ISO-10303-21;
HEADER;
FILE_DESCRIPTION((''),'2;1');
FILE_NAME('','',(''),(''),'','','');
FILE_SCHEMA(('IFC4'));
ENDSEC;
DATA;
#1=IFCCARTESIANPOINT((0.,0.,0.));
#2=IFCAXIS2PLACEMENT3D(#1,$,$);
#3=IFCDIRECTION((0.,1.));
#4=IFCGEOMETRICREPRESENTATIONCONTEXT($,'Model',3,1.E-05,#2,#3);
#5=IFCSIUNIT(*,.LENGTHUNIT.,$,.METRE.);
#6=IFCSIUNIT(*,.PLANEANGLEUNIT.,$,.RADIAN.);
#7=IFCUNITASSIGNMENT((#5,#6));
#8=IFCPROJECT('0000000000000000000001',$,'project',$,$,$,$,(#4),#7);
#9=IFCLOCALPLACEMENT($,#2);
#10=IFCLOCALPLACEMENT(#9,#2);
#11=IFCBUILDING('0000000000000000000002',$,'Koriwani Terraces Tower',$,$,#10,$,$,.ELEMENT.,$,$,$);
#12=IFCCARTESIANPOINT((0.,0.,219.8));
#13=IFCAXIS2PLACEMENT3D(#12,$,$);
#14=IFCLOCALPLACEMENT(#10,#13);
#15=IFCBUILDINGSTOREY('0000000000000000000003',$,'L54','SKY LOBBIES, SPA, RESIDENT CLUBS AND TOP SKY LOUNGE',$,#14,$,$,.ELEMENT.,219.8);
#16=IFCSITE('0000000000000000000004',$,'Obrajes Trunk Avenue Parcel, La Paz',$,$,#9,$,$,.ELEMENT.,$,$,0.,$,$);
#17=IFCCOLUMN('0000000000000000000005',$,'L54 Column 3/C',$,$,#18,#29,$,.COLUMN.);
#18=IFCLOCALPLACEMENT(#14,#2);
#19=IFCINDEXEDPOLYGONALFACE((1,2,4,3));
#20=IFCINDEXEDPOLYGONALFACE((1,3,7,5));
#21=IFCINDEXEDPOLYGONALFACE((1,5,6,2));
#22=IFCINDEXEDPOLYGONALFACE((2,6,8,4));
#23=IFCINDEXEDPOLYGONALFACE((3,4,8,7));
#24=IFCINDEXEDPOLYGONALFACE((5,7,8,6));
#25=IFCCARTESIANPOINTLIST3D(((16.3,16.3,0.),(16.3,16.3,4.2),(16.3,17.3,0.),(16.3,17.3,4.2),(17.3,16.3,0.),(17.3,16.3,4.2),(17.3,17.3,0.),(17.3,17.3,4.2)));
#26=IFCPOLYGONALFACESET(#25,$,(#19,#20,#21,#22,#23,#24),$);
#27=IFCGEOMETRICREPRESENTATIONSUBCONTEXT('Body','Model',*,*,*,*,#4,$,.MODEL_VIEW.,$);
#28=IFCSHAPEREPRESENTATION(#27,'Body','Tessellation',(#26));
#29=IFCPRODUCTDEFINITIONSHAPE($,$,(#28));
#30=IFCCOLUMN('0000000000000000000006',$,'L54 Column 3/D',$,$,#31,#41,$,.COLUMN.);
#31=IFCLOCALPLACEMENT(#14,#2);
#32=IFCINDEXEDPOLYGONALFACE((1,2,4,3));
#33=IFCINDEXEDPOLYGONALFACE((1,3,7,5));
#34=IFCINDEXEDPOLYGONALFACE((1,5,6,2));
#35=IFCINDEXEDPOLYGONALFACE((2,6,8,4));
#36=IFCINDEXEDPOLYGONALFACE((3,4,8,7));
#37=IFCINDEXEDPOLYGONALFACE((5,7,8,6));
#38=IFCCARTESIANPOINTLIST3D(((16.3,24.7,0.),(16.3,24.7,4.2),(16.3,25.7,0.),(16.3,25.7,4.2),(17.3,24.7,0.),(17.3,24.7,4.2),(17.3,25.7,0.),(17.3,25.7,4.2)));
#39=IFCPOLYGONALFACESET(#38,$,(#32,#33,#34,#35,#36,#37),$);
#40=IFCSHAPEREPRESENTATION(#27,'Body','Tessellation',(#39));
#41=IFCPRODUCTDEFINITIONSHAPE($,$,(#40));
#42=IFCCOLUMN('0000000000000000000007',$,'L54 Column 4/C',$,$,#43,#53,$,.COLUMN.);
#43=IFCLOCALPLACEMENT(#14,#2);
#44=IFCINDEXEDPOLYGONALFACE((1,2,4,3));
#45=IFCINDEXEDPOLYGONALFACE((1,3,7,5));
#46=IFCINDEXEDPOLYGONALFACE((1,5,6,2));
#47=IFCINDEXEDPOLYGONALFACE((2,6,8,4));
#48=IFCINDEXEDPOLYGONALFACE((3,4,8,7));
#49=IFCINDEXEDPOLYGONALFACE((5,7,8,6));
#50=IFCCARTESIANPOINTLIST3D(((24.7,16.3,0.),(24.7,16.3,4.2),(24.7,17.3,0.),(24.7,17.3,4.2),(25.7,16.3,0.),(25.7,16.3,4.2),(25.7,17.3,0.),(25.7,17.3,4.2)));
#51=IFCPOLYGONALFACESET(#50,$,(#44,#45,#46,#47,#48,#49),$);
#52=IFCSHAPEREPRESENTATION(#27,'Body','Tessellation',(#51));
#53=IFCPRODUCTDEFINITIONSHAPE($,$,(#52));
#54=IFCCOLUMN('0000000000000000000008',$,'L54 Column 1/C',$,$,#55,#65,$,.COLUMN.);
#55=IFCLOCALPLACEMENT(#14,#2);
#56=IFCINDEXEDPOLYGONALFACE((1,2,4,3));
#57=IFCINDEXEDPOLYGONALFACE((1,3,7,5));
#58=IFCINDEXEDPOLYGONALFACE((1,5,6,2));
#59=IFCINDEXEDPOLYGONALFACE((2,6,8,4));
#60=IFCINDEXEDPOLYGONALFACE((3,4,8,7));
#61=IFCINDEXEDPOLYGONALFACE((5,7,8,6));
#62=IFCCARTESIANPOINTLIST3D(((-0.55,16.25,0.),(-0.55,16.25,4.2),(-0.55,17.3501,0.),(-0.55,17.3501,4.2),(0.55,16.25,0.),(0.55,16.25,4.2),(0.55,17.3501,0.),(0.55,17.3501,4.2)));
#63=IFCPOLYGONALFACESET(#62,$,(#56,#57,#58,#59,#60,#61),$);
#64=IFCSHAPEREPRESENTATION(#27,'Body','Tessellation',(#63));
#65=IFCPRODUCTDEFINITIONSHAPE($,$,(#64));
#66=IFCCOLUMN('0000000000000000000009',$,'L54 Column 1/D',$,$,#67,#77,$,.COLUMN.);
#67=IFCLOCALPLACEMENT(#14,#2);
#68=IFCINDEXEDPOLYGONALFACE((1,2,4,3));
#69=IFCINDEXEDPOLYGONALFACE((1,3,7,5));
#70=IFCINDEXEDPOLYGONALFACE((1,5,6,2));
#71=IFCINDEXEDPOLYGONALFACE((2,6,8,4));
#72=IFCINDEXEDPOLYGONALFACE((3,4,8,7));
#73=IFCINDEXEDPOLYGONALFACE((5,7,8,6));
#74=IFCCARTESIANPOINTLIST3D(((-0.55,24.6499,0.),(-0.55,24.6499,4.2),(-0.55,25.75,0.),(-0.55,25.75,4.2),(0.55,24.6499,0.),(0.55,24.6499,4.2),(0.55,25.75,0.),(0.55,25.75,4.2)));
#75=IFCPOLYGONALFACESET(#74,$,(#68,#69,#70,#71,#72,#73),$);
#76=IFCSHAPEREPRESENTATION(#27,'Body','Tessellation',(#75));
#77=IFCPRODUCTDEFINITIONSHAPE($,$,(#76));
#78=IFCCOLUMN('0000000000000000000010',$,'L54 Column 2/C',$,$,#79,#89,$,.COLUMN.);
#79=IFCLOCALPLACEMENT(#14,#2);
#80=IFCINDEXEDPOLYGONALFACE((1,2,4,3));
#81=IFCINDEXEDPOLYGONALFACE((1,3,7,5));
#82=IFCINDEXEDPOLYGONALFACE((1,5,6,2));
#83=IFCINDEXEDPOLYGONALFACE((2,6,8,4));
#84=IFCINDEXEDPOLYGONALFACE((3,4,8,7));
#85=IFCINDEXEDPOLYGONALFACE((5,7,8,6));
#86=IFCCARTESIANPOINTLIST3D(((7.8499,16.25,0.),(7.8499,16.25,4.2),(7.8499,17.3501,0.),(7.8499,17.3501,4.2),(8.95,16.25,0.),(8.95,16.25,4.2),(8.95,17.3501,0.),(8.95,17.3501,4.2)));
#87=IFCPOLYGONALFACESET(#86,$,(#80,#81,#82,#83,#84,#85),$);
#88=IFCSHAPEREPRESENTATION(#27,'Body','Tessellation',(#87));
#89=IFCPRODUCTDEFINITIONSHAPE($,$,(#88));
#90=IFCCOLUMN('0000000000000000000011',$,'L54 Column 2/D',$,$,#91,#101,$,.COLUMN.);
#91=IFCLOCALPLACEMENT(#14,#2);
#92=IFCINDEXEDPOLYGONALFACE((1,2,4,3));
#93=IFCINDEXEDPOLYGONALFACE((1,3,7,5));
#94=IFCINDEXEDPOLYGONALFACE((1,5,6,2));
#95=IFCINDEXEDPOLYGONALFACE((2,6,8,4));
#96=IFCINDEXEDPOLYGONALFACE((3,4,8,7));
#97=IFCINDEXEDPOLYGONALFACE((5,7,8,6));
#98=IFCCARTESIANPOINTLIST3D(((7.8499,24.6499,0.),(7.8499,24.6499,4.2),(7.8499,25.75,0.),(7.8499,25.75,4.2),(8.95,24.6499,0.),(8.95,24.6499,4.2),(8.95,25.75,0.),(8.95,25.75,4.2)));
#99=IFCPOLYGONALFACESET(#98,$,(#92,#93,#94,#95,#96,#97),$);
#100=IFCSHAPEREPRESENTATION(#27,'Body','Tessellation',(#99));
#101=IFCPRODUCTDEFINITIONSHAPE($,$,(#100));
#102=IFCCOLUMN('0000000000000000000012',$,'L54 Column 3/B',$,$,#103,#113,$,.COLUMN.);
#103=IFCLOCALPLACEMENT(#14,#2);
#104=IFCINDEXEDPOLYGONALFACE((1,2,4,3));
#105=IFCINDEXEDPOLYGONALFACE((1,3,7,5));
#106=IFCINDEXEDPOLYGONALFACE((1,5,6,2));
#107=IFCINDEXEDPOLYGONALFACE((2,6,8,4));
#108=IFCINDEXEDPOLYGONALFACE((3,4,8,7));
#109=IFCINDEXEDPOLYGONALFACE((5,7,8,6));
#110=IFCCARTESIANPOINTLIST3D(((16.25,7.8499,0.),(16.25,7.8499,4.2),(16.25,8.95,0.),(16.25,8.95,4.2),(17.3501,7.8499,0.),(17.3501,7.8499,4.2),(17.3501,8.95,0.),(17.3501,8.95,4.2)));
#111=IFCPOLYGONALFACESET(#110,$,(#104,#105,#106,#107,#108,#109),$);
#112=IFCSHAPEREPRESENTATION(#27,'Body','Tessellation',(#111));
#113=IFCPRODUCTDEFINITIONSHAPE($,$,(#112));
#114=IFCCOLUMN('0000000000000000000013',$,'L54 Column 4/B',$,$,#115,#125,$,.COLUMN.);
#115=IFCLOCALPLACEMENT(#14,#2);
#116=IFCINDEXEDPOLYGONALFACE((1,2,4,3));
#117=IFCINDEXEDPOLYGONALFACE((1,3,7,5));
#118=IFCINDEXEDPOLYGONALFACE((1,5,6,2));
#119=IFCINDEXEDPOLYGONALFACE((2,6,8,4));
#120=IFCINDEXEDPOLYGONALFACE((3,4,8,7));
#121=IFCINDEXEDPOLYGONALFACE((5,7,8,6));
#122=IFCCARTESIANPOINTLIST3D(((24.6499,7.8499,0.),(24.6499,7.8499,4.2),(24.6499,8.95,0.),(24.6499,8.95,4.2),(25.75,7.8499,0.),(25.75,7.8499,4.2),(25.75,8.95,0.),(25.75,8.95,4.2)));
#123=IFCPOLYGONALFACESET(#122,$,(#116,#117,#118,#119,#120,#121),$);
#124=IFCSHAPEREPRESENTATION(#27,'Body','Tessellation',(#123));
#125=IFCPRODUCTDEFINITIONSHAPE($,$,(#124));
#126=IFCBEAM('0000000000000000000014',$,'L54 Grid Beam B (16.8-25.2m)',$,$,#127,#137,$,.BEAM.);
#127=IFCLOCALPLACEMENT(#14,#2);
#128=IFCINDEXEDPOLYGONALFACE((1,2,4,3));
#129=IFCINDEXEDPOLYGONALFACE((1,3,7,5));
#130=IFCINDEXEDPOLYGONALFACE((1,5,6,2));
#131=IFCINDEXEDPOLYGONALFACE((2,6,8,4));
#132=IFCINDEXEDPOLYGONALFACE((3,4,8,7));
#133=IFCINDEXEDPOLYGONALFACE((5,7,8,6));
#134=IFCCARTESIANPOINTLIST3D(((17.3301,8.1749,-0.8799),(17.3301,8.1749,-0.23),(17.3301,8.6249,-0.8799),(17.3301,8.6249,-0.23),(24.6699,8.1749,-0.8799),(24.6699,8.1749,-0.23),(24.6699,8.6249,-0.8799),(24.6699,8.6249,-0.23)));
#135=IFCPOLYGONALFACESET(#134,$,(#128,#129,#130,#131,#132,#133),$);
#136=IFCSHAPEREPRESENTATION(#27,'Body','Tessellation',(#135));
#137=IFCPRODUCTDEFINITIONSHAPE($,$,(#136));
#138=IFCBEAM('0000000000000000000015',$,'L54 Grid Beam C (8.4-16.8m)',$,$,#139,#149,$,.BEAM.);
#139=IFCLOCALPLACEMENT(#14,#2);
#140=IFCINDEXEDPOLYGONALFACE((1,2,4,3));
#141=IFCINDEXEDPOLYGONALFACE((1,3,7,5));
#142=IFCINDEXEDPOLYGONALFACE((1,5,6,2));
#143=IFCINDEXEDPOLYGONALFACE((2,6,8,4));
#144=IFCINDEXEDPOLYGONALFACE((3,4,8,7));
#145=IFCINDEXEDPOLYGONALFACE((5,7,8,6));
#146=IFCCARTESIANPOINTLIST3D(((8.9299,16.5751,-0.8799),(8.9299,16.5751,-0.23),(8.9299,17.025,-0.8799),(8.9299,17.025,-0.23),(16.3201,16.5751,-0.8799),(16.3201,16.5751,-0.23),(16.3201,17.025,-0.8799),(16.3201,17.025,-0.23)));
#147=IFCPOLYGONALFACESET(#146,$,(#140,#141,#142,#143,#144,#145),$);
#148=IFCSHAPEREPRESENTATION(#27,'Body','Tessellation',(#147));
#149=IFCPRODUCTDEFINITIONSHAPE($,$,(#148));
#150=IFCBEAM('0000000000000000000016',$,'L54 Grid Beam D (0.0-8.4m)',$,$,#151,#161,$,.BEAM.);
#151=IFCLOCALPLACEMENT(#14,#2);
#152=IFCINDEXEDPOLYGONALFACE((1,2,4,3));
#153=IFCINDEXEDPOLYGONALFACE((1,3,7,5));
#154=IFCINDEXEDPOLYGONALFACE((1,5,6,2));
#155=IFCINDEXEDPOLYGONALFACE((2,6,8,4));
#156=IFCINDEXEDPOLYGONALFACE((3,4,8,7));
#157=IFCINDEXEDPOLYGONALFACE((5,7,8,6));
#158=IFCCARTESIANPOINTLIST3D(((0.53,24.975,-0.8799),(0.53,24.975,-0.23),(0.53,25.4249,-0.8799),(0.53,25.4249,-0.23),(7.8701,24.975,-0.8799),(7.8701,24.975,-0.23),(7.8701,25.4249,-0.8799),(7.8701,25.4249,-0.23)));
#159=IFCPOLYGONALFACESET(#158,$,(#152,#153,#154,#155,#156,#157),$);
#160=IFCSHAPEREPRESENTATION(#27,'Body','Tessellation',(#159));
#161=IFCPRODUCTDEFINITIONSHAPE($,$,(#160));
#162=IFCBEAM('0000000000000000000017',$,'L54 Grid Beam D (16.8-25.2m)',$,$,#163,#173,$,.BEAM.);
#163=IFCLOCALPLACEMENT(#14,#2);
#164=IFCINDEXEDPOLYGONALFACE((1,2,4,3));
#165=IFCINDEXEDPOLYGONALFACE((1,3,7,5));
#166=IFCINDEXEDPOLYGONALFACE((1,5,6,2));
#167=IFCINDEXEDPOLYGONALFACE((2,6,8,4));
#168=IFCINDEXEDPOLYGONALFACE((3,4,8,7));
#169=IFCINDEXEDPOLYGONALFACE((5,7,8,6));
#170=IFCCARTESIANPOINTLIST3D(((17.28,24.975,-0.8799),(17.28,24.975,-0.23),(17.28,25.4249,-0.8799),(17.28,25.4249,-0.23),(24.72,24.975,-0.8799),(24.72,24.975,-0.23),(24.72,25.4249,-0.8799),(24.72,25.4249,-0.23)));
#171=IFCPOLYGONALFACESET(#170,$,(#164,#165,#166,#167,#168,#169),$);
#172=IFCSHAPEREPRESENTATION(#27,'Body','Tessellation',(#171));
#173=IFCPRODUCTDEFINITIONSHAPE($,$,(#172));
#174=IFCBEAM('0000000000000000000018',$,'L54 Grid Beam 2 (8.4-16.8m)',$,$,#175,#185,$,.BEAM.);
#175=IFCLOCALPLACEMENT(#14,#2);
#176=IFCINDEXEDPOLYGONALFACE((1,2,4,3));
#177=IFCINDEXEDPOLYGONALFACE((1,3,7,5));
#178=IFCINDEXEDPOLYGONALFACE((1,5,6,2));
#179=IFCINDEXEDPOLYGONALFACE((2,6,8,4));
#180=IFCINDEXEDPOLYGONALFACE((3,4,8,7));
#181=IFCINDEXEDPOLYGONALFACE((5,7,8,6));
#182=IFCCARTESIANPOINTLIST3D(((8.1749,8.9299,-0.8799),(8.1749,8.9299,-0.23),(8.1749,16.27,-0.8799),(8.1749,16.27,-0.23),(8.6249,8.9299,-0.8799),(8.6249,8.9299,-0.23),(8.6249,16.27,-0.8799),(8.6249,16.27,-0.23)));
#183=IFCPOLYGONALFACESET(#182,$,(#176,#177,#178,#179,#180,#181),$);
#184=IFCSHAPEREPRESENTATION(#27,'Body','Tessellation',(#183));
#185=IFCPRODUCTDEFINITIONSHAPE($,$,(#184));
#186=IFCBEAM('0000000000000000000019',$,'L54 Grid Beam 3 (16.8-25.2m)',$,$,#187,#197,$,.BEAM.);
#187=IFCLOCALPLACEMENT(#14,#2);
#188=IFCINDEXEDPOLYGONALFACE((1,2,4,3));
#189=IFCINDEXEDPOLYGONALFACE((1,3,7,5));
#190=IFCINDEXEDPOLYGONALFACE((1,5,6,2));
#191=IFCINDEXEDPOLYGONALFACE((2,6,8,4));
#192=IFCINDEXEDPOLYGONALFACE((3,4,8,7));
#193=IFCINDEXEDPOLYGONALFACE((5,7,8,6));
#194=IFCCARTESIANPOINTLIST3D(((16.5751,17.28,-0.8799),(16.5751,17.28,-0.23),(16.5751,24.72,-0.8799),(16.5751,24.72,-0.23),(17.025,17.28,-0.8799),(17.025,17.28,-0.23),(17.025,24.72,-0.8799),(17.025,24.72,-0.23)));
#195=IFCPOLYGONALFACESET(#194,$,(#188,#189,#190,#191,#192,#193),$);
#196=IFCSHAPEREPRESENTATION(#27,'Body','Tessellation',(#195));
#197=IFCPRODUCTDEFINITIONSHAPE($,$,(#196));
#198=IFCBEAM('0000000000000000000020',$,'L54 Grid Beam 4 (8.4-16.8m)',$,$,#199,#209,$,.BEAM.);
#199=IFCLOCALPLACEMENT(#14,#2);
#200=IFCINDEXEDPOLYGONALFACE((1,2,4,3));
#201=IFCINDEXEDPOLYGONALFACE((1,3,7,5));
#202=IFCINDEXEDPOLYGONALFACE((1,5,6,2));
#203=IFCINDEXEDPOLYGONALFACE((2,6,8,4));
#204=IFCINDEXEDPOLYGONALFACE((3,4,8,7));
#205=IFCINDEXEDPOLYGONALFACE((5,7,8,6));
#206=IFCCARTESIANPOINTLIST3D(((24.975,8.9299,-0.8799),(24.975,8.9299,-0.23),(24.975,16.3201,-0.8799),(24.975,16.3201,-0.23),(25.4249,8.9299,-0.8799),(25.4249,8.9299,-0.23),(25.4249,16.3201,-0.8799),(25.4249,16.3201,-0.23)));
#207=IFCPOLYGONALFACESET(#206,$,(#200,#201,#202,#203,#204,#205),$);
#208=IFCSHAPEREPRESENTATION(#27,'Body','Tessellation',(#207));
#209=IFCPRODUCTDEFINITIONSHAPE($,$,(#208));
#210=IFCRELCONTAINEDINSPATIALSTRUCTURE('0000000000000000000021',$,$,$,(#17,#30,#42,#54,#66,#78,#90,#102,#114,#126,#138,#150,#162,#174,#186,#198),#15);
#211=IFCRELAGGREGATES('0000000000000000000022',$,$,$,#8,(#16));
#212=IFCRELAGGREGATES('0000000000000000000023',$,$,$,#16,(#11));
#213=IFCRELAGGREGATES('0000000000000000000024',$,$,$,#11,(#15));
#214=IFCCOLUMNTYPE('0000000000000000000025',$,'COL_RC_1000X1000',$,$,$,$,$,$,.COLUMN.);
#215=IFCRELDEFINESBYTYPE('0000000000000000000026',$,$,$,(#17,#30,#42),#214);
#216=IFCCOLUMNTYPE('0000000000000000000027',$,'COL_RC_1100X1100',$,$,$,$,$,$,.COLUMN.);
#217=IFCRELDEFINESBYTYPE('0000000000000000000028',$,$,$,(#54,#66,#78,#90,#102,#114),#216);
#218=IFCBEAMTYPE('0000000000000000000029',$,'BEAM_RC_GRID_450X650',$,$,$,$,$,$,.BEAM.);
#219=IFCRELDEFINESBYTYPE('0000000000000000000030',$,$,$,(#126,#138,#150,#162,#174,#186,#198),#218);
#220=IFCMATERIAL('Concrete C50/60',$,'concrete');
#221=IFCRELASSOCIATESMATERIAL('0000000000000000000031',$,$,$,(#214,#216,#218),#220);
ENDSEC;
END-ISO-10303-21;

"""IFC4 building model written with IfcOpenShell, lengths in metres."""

from ifc_helpers import new_model, si_unit, direction, frame, origin, origin_2d, place, context, subcontext, project, spatial, rectangle, extrude, material, material_profile, profile_set, type_object, element, save


model = new_model("IFC4")

# Units and contexts
model_context = context("Model", 3, precision=1e-05, world=origin(), true_north=direction((0.0, 1.0)))
body_context = subcontext(model_context, "Body", "Model", "MODEL_VIEW")
ifc_project = project(units=[si_unit("LENGTHUNIT", "METRE"), si_unit("PLANEANGLEUNIT", "RADIAN")], contexts=[model_context])

# Site, building, storey
site_placement = place(None, origin())
site = spatial("IfcSite", under=ifc_project, at=site_placement, Name="Obrajes Trunk Avenue Parcel, La Paz", CompositionType="ELEMENT", RefElevation=0.0)
building_placement = place(site_placement, origin())
building = spatial("IfcBuilding", under=site, at=building_placement, Name="Koriwani Terraces Tower", CompositionType="ELEMENT")
storey_placement = place(building_placement, frame((0.0, 0.0, 219.8)))
storey = spatial("IfcBuildingStorey", under=building, at=storey_placement, Name="L54", Description="SKY LOBBIES, SPA, RESIDENT CLUBS AND TOP SKY LOUNGE", CompositionType="ELEMENT", Elevation=219.8)

# Columns
ifc_material_1 = material(Name="Concrete C50/60", Category="concrete")
ifc_material_profile_1 = material_profile(ifc_material_1, rectangle(XDim=1.0, YDim=1.0, at=origin_2d()), Name="Concrete C50/60", Category="LoadBearing")
ifc_profile_set_1 = profile_set([ifc_material_profile_1], Name="Concrete C50/60")
column_type_1 = type_object("IfcColumnType", Name="COL_RC_1000X1000", PredefinedType="COLUMN", material=ifc_profile_set_1)
for number, where, z_axis, x_axis, name in (
    (1, (16.8, 16.8, 0.0), (0.0, 0.0, 1.0), (1.0, 0.0, 0.0), "L54 Column 3/C"),
    (2, (16.8, 25.2, 0.0), (0.0, 0.0, 1.0), (1.0, 0.0, 0.0), "L54 Column 3/D"),
    (3, (25.2, 16.8, 0.0), (0.0, 0.0, 1.0), (1.0, 0.0, 0.0), "L54 Column 4/C"),
):
    element("IfcColumn", number, at=place(storey_placement, frame(where, z_axis=z_axis, x_axis=x_axis)), inside=storey, type_object=column_type_1, Name=name, PredefinedType="COLUMN", context=body_context, shape_type="SweptSolid", body=[
        extrude(rectangle(XDim=1.0, YDim=1.0, at=origin_2d()), origin(), (0.0, 0.0, 1.0), 4.2),
    ])
ifc_material_profile_2 = material_profile(ifc_material_1, rectangle(XDim=1.1001, YDim=1.1001, at=origin_2d()), Name="Concrete C50/60", Category="LoadBearing")
ifc_profile_set_2 = profile_set([ifc_material_profile_2], Name="Concrete C50/60")
column_type_2 = type_object("IfcColumnType", Name="COL_RC_1100X1100", PredefinedType="COLUMN", material=ifc_profile_set_2)
for number, where, z_axis, x_axis, name in (
    (4, (0.0, 16.8, 0.0), (0.0, 0.0, 1.0), (1.0, 0.0, 0.0), "L54 Column 1/C"),
    (5, (0.0, 25.2, 0.0), (0.0, 0.0, 1.0), (1.0, 0.0, 0.0), "L54 Column 1/D"),
    (6, (8.3999, 16.8, 0.0), (0.0, 0.0, 1.0), (1.0, 0.0, 0.0), "L54 Column 2/C"),
    (7, (8.3999, 25.2, 0.0), (0.0, 0.0, 1.0), (1.0, 0.0, 0.0), "L54 Column 2/D"),
    (8, (16.8, 8.3999, 0.0), (0.0, 0.0, 1.0), (1.0, 0.0, 0.0), "L54 Column 3/B"),
    (9, (25.2, 8.3999, 0.0), (0.0, 0.0, 1.0), (1.0, 0.0, 0.0), "L54 Column 4/B"),
):
    element("IfcColumn", number, at=place(storey_placement, frame(where, z_axis=z_axis, x_axis=x_axis)), inside=storey, type_object=column_type_2, Name=name, PredefinedType="COLUMN", context=body_context, shape_type="SweptSolid", body=[
        extrude(rectangle(XDim=1.1001, YDim=1.1001, at=origin_2d()), origin(), (0.0, 0.0, 1.0), 4.2),
    ])

# Beams
ifc_material_profile_3 = material_profile(ifc_material_1, rectangle(XDim=0.45, YDim=0.6499, at=origin_2d()), Name="Concrete C50/60", Category="LoadBearing")
ifc_profile_set_3 = profile_set([ifc_material_profile_3], Name="Concrete C50/60")
beam_type_1 = type_object("IfcBeamType", Name="BEAM_RC_GRID_450X650", PredefinedType="BEAM", material=ifc_profile_set_3)
beam_1_placement = place(storey_placement, frame((17.3301, 8.3999, -0.5549), z_axis=(1.0, 0.0, 0.0), x_axis=(0.0, 1.0, 0.0)))
element("IfcBeam", 10, at=beam_1_placement, inside=storey, type_object=beam_type_1, Name="L54 Grid Beam B (16.8-25.2m)", PredefinedType="BEAM", context=body_context, shape_type="SweptSolid", body=[
    extrude(rectangle(XDim=0.45, YDim=0.6499, at=origin_2d()), origin(), (0.0, 0.0, 1.0), 7.3398),
])
beam_2_placement = place(storey_placement, frame((8.9299, 16.8, -0.5549), z_axis=(1.0, 0.0, 0.0), x_axis=(0.0, 1.0, 0.0)))
element("IfcBeam", 11, at=beam_2_placement, inside=storey, type_object=beam_type_1, Name="L54 Grid Beam C (8.4-16.8m)", PredefinedType="BEAM", context=body_context, shape_type="SweptSolid", body=[
    extrude(rectangle(XDim=0.45, YDim=0.6499, at=origin_2d()), origin(), (0.0, 0.0, 1.0), 7.3901),
])
beam_3_placement = place(storey_placement, frame((0.53, 25.2, -0.5549), z_axis=(1.0, 0.0, 0.0), x_axis=(0.0, 1.0, 0.0)))
element("IfcBeam", 12, at=beam_3_placement, inside=storey, type_object=beam_type_1, Name="L54 Grid Beam D (0.0-8.4m)", PredefinedType="BEAM", context=body_context, shape_type="SweptSolid", body=[
    extrude(rectangle(XDim=0.45, YDim=0.6499, at=origin_2d()), origin(), (0.0, 0.0, 1.0), 7.3401),
])
beam_4_placement = place(storey_placement, frame((17.28, 25.2, -0.5549), z_axis=(1.0, 0.0, 0.0), x_axis=(0.0, 1.0, 0.0)))
element("IfcBeam", 13, at=beam_4_placement, inside=storey, type_object=beam_type_1, Name="L54 Grid Beam D (16.8-25.2m)", PredefinedType="BEAM", context=body_context, shape_type="SweptSolid", body=[
    extrude(rectangle(XDim=0.45, YDim=0.6499, at=origin_2d()), origin(), (0.0, 0.0, 1.0), 7.4399),
])
beam_5_placement = place(storey_placement, frame((8.3999, 8.9299, -0.5549), z_axis=(0.0, 1.0, 0.0), x_axis=(-1.0, 0.0, 0.0)))
element("IfcBeam", 14, at=beam_5_placement, inside=storey, type_object=beam_type_1, Name="L54 Grid Beam 2 (8.4-16.8m)", PredefinedType="BEAM", context=body_context, shape_type="SweptSolid", body=[
    extrude(rectangle(XDim=0.45, YDim=0.6499, at=origin_2d()), origin(), (0.0, 0.0, 1.0), 7.3401),
])
beam_6_placement = place(storey_placement, frame((16.8, 17.28, -0.5549), z_axis=(0.0, 1.0, 0.0), x_axis=(-1.0, 0.0, 0.0)))
element("IfcBeam", 15, at=beam_6_placement, inside=storey, type_object=beam_type_1, Name="L54 Grid Beam 3 (16.8-25.2m)", PredefinedType="BEAM", context=body_context, shape_type="SweptSolid", body=[
    extrude(rectangle(XDim=0.45, YDim=0.6499, at=origin_2d()), origin(), (0.0, 0.0, 1.0), 7.4399),
])
beam_7_placement = place(storey_placement, frame((25.2, 8.9299, -0.5549), z_axis=(0.0, 1.0, 0.0), x_axis=(-1.0, 0.0, 0.0)))
element("IfcBeam", 16, at=beam_7_placement, inside=storey, type_object=beam_type_1, Name="L54 Grid Beam 4 (8.4-16.8m)", PredefinedType="BEAM", context=body_context, shape_type="SweptSolid", body=[
    extrude(rectangle(XDim=0.45, YDim=0.6499, at=origin_2d()), origin(), (0.0, 0.0, 1.0), 7.3901),
])

save(model, "model.ifc")
